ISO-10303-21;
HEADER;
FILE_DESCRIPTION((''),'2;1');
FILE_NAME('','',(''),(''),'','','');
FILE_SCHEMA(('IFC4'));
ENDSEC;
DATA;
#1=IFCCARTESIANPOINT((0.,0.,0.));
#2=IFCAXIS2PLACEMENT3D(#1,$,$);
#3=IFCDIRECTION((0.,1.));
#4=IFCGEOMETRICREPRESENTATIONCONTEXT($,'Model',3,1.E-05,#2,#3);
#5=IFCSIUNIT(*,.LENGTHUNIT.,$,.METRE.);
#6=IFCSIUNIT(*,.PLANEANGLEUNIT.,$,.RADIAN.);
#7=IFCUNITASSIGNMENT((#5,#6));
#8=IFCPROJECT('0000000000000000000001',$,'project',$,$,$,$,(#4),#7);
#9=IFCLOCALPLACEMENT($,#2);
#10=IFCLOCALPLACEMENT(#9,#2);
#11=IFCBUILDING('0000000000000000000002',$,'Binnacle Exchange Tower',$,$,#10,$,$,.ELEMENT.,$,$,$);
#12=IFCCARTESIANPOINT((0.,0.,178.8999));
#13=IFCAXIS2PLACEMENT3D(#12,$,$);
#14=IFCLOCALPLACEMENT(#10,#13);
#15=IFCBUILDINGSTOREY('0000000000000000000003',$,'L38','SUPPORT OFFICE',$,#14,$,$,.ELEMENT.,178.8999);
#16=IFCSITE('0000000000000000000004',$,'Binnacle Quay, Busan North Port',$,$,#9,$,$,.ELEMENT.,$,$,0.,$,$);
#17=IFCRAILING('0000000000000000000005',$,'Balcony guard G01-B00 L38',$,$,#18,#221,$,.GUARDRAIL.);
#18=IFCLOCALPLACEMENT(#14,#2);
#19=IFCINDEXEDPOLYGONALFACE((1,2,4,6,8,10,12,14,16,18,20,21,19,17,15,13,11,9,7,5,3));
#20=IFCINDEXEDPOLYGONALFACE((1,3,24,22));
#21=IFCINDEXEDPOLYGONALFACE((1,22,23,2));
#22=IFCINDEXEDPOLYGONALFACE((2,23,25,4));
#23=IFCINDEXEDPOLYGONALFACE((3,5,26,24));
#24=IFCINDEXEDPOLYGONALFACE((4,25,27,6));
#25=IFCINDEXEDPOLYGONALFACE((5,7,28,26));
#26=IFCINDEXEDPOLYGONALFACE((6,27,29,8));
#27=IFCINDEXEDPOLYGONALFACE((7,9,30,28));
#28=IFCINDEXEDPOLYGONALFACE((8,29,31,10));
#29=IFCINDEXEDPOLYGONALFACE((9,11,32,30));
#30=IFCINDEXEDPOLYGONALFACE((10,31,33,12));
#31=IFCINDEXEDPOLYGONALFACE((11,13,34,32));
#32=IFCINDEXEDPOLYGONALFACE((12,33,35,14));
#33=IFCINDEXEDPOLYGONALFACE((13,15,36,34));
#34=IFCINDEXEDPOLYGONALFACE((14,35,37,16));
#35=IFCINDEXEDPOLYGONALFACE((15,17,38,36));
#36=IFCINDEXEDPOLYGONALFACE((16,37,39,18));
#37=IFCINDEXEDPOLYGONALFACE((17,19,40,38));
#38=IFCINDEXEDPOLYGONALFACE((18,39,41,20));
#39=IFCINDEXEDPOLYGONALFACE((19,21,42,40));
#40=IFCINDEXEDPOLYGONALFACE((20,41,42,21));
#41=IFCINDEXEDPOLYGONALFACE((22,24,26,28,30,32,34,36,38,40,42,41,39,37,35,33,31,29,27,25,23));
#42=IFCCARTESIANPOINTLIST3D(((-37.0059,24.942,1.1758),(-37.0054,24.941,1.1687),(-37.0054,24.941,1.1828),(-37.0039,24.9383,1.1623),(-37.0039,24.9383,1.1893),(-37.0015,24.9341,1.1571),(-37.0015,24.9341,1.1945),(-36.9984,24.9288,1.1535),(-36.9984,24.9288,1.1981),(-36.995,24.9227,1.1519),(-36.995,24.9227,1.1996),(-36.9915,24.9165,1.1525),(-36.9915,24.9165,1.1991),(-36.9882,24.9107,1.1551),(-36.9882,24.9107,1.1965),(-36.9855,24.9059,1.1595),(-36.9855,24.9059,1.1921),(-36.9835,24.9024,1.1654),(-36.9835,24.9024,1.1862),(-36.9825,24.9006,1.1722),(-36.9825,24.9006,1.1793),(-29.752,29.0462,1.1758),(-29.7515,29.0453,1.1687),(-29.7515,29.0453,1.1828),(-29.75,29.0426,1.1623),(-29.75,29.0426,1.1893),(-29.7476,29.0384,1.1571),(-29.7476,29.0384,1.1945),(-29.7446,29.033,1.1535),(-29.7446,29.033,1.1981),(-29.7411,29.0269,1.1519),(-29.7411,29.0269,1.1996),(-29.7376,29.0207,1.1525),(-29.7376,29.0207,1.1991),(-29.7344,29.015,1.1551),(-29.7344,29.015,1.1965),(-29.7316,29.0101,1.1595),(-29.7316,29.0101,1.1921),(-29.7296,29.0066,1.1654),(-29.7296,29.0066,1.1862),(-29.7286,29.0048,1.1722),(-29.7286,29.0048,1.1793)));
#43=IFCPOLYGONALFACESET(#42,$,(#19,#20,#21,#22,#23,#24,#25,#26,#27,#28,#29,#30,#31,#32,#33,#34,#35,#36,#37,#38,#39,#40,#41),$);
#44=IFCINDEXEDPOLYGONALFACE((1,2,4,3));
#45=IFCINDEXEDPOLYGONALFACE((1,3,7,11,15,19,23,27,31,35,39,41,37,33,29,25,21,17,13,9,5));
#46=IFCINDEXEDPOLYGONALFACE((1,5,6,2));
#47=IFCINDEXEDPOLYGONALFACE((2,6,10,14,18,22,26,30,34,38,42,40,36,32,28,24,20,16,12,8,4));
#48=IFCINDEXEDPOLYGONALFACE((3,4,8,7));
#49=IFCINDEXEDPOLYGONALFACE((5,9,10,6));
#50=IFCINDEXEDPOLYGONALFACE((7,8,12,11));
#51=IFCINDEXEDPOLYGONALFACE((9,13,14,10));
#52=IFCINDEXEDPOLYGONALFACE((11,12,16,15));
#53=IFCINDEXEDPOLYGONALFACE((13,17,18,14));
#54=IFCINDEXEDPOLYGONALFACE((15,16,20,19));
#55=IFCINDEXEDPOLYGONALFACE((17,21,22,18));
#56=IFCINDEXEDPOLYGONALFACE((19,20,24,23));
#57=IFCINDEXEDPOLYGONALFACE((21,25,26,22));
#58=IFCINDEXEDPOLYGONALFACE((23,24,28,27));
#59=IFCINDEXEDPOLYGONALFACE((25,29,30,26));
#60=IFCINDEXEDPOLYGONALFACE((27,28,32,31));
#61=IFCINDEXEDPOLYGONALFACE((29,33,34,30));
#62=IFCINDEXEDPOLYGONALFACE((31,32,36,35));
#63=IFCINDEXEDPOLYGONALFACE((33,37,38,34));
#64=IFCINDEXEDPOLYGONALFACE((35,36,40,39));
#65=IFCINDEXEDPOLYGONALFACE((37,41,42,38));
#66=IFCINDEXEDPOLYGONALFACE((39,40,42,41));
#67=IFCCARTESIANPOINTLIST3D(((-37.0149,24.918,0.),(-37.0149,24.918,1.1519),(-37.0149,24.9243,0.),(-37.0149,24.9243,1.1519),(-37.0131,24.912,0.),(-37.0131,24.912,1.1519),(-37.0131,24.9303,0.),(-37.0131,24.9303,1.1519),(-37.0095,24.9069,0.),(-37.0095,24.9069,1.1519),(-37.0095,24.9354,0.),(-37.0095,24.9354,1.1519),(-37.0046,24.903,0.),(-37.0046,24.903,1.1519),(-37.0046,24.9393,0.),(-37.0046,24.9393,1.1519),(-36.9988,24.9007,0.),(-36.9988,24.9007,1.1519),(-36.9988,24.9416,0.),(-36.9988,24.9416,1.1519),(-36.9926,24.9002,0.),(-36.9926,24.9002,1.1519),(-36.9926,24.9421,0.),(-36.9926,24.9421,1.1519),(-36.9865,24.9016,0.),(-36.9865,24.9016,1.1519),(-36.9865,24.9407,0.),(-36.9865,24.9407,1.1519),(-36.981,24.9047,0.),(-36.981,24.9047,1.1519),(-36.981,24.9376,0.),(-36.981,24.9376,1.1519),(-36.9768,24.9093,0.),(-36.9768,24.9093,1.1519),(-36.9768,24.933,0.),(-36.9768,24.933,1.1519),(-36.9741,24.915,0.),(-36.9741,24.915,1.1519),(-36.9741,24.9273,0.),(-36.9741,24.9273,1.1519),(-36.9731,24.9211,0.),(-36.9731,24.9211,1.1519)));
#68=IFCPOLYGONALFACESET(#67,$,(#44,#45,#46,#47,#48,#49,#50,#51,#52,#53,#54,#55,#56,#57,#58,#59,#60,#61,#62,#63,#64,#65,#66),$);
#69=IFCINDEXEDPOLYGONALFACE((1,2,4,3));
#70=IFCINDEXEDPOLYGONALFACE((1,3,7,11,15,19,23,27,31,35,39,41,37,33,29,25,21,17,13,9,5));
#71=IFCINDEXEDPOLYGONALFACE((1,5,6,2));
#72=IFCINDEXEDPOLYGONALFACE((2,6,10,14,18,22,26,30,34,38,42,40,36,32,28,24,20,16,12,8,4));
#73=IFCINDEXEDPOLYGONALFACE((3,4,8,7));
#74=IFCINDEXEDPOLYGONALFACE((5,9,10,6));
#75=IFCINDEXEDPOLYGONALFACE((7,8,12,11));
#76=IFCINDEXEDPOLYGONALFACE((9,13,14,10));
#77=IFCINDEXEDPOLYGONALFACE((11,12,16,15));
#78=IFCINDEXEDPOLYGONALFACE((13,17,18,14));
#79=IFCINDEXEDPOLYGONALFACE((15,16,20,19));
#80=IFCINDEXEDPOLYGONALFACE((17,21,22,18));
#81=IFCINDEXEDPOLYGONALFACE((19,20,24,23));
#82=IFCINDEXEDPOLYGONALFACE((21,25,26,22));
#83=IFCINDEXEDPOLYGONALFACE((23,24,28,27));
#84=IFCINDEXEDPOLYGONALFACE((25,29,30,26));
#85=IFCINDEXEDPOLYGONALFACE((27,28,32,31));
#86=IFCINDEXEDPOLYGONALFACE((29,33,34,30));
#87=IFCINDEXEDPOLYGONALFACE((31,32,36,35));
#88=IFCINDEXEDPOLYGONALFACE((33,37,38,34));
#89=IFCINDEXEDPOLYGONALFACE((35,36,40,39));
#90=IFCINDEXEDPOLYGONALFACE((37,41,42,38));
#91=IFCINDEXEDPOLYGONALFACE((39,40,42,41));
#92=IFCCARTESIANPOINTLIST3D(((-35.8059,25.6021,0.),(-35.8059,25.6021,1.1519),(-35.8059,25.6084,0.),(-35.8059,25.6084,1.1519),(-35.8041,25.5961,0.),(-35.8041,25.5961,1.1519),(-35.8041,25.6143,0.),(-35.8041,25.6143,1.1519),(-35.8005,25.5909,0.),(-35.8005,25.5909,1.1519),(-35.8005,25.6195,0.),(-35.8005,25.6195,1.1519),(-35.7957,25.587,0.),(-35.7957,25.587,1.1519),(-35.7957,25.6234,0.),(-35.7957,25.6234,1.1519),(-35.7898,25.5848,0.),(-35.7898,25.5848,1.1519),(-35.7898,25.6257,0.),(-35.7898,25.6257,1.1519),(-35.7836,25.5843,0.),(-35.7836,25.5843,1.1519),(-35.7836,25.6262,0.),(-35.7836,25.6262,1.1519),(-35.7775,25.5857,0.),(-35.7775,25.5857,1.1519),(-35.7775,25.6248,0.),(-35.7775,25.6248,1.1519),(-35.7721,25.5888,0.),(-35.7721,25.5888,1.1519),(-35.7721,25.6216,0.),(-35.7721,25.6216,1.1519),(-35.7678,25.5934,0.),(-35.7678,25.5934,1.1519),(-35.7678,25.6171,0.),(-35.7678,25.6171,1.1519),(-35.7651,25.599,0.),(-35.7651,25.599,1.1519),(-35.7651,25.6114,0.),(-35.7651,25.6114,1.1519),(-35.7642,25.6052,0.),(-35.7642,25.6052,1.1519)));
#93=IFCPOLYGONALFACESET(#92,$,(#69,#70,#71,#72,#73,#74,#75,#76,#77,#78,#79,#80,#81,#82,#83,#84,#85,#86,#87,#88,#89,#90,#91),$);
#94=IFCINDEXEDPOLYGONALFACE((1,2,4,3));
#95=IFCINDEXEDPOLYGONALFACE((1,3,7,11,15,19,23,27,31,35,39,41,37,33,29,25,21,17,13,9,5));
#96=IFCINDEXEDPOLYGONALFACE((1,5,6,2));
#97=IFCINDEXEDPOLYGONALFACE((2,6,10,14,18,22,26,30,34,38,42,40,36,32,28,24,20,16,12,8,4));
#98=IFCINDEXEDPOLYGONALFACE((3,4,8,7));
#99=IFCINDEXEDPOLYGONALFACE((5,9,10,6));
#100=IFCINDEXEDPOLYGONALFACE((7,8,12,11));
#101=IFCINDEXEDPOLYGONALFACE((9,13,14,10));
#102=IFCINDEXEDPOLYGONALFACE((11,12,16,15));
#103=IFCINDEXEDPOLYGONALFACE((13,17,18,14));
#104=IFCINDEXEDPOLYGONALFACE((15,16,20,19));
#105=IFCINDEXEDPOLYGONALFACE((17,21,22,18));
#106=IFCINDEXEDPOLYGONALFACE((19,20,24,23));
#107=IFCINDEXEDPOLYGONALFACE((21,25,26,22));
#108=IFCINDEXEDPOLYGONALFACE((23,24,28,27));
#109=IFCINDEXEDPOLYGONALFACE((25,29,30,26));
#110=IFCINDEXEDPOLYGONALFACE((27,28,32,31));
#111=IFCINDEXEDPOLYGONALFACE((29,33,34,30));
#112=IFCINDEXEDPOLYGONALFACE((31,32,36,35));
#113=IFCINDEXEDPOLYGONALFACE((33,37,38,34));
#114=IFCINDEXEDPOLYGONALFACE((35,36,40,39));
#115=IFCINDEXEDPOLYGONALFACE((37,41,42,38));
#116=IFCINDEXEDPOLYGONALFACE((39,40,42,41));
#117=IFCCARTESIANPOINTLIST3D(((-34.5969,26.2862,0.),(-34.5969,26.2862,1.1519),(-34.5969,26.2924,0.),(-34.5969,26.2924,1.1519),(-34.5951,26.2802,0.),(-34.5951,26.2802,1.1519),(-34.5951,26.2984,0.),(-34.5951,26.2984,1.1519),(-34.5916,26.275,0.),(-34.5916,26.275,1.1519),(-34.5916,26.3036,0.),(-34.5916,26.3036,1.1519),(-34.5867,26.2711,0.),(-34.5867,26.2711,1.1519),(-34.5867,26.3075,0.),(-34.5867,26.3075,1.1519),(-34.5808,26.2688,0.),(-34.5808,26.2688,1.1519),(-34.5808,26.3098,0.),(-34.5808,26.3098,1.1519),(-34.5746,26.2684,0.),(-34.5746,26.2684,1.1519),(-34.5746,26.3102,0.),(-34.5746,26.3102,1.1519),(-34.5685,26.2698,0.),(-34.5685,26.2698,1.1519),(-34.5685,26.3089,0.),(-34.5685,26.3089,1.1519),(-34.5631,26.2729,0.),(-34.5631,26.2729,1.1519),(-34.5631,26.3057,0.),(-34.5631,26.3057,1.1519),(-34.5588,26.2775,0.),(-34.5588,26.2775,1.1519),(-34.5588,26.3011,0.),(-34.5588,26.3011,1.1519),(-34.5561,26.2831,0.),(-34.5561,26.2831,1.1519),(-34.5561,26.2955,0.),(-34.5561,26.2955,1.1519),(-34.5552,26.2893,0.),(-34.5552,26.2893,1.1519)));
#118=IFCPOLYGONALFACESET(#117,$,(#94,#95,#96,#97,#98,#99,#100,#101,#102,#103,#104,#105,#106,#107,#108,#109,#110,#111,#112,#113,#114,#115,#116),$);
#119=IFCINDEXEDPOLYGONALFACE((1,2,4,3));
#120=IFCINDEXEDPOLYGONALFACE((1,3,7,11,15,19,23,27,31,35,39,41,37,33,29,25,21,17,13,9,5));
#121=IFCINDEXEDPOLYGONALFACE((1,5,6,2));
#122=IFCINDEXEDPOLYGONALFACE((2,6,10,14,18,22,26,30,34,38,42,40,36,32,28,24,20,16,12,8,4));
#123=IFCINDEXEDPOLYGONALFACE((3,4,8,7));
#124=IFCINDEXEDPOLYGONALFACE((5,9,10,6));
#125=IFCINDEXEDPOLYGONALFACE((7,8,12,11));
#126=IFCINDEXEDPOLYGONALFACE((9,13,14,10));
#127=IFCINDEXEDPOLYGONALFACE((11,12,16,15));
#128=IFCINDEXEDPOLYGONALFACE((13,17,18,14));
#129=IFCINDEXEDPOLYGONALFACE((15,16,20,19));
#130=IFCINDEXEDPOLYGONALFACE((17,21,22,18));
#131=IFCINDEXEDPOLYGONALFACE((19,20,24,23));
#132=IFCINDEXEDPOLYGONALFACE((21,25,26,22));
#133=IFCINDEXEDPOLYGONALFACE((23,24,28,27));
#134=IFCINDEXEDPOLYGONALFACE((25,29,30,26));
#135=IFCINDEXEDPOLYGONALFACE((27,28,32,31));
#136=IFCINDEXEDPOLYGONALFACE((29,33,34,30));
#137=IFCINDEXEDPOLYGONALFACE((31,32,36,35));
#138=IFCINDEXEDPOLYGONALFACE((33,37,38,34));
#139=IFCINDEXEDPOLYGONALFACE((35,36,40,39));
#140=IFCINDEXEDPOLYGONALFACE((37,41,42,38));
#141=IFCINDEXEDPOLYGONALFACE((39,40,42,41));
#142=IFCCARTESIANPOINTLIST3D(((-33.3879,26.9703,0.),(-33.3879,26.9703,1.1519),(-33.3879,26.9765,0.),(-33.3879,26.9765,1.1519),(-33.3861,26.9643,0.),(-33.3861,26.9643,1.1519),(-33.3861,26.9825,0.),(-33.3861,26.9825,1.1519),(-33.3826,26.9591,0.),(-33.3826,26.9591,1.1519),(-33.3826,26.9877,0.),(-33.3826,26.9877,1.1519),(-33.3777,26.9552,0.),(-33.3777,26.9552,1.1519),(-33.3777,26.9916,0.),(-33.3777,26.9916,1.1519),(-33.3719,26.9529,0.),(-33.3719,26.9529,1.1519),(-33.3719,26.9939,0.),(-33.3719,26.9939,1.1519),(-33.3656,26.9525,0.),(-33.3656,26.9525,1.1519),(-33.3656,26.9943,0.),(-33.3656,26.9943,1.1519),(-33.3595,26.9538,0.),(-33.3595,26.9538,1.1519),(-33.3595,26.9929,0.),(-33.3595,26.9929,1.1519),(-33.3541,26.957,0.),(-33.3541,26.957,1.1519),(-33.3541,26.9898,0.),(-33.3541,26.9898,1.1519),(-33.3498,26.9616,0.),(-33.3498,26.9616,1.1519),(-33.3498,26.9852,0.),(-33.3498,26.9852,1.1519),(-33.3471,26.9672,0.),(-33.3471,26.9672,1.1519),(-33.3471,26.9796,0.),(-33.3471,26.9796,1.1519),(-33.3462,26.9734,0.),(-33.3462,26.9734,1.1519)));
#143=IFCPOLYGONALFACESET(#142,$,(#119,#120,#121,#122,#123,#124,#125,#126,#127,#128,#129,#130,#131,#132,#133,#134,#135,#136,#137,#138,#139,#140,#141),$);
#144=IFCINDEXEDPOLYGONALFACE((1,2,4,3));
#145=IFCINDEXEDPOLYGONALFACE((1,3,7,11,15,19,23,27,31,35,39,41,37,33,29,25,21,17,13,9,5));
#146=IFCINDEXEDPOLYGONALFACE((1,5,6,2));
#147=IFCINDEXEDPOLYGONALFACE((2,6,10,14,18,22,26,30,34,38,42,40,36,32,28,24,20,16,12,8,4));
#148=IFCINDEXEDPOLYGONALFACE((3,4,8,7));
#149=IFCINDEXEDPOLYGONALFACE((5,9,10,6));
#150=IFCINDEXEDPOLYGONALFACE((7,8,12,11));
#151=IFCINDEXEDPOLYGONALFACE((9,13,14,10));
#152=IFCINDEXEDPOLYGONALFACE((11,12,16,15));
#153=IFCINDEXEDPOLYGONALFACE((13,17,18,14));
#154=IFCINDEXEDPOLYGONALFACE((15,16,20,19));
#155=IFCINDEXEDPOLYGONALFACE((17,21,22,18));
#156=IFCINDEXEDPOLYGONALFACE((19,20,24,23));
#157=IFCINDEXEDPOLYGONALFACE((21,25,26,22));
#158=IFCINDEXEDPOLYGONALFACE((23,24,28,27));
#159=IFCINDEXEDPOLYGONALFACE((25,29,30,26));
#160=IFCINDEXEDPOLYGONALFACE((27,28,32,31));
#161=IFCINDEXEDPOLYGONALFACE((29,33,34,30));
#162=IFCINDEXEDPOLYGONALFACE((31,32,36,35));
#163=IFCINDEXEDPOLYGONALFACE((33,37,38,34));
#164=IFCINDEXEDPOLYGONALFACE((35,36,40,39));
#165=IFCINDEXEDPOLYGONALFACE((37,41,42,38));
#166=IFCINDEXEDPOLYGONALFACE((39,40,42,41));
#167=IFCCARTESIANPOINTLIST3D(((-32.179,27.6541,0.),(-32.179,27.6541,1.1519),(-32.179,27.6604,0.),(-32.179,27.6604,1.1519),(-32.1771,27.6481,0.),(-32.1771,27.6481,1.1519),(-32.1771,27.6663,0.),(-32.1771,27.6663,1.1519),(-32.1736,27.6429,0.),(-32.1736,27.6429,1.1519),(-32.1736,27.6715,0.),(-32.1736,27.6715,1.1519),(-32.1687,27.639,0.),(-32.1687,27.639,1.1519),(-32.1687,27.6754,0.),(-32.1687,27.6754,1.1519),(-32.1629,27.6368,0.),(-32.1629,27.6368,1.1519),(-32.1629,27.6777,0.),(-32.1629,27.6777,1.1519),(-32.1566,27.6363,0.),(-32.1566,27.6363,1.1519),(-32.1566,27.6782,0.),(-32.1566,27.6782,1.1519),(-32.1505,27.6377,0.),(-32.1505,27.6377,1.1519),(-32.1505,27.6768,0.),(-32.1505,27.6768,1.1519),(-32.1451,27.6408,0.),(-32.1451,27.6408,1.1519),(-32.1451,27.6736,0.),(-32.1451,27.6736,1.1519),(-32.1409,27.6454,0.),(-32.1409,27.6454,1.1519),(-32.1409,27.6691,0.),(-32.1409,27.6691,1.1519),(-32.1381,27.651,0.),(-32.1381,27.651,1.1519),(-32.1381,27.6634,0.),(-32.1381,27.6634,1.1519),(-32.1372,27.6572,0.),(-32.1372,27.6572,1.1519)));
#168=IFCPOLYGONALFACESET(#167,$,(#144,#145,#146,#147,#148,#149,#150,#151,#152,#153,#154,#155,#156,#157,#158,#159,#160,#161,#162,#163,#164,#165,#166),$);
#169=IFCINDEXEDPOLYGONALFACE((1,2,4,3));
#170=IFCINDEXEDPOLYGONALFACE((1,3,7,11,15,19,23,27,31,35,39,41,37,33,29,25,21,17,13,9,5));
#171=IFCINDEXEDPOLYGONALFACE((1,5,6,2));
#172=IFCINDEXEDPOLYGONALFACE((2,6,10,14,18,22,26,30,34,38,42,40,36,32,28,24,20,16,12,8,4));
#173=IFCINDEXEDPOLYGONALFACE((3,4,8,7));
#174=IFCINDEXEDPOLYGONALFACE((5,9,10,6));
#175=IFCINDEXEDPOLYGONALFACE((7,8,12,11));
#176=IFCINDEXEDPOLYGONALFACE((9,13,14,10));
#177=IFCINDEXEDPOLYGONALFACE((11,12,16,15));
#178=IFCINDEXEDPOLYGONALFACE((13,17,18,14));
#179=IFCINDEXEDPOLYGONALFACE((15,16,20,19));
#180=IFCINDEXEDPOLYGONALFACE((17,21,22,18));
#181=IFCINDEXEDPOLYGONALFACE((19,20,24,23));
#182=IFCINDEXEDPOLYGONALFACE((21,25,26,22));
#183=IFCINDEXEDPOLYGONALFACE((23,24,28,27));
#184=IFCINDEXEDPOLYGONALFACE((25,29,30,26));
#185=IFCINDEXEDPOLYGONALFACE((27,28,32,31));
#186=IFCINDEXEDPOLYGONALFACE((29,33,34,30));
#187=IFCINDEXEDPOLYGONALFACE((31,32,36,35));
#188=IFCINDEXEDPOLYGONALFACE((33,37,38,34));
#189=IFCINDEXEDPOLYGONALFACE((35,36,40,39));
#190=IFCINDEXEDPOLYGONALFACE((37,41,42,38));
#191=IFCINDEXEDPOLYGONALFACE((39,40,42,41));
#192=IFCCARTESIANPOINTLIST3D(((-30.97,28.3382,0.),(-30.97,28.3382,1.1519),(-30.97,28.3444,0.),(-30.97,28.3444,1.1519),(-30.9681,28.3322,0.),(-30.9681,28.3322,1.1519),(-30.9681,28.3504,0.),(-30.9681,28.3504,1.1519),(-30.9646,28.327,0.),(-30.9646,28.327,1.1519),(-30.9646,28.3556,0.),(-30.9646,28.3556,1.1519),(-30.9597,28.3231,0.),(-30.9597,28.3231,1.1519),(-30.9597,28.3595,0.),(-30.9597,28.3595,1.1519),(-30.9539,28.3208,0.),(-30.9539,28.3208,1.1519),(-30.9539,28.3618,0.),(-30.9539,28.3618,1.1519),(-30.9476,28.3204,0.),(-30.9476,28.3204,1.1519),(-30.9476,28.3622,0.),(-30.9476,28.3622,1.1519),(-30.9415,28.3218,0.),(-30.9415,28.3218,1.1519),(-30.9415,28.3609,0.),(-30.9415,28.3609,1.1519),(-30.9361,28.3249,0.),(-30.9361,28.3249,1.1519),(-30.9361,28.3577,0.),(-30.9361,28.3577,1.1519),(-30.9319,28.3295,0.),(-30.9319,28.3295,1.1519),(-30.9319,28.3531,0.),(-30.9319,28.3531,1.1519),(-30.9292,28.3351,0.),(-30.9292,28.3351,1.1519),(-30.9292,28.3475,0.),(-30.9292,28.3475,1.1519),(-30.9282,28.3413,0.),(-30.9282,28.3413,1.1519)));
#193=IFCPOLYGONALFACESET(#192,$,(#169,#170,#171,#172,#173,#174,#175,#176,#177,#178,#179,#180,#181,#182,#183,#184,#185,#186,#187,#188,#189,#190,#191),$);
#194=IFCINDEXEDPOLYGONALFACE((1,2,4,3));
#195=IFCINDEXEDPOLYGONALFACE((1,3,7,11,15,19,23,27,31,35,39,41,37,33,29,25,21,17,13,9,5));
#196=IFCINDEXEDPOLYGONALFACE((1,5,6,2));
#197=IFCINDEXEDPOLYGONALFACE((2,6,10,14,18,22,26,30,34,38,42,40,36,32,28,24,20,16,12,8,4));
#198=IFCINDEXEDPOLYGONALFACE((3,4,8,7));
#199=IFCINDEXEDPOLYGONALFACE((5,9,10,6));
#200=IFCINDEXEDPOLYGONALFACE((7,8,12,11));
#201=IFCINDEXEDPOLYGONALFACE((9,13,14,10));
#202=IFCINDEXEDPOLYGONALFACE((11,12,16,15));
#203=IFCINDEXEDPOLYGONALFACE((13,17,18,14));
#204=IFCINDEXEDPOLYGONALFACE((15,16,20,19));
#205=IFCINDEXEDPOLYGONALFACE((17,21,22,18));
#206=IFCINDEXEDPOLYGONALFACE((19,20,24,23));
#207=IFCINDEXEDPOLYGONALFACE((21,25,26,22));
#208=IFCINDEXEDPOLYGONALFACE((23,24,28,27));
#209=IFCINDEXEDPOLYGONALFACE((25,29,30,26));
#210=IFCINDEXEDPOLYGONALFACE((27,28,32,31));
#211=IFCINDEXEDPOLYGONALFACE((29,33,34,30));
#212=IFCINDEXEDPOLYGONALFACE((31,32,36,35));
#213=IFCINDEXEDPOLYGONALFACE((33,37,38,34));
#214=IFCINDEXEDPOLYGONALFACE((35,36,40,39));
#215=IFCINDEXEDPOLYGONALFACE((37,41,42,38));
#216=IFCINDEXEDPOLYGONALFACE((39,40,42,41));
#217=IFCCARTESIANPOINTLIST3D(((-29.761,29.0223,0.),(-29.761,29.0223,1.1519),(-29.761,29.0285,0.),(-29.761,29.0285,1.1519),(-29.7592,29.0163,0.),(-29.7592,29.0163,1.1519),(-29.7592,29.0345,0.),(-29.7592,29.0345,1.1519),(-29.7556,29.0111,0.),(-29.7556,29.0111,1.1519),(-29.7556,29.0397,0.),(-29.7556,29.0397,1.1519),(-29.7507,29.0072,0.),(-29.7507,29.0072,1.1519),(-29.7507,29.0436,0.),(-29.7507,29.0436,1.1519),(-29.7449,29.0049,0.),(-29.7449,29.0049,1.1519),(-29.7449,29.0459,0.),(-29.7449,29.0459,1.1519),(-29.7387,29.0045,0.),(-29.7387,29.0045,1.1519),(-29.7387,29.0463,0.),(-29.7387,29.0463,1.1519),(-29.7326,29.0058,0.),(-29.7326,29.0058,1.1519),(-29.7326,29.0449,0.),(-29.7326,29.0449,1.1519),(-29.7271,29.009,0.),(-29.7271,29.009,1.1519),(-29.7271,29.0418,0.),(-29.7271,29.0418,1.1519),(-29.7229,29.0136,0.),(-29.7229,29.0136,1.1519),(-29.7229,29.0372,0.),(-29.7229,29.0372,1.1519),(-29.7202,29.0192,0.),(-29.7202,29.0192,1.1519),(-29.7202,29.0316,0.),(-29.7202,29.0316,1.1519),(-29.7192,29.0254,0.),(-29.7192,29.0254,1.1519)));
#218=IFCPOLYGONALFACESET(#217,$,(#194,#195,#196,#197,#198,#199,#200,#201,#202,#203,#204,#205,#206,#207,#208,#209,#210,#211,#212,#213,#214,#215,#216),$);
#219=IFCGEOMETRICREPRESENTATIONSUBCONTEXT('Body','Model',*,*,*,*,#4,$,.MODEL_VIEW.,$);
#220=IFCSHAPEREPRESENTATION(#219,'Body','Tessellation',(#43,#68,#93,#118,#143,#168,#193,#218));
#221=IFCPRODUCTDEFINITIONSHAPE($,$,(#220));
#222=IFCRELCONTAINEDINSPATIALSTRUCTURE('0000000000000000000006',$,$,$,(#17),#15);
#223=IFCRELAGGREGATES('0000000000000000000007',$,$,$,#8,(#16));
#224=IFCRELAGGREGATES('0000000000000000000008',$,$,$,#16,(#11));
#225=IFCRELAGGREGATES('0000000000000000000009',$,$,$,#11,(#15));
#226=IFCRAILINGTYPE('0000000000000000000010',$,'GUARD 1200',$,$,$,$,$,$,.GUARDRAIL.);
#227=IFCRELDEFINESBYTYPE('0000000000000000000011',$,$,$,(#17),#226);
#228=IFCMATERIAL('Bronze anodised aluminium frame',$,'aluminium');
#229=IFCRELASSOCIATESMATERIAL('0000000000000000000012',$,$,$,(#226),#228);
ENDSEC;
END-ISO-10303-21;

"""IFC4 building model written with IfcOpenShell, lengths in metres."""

from ifc_helpers import new_model, si_unit, direction, frame, origin, origin_2d, place, context, subcontext, project, spatial, circle, extrude, material, type_object, element, save


model = new_model("IFC4")

# Units and contexts
model_context = context("Model", 3, precision=1e-05, world=origin(), true_north=direction((0.0, 1.0)))
body_context = subcontext(model_context, "Body", "Model", "MODEL_VIEW")
ifc_project = project(units=[si_unit("LENGTHUNIT", "METRE"), si_unit("PLANEANGLEUNIT", "RADIAN")], contexts=[model_context])

# Site, building, storey
site_placement = place(None, origin())
site = spatial("IfcSite", under=ifc_project, at=site_placement, Name="Binnacle Quay, Busan North Port", CompositionType="ELEMENT", RefElevation=0.0)
building_placement = place(site_placement, origin())
building = spatial("IfcBuilding", under=site, at=building_placement, Name="Binnacle Exchange Tower", CompositionType="ELEMENT")
storey_placement = place(building_placement, frame((0.0, 0.0, 178.8999)))
storey = spatial("IfcBuildingStorey", under=building, at=storey_placement, Name="L38", Description="SUPPORT OFFICE", CompositionType="ELEMENT", Elevation=178.8999)

# Railing
ifc_material_1 = material(Name="Bronze anodised aluminium frame", Category="aluminium")
railing_type_1 = type_object("IfcRailingType", Name="GUARD 1200", PredefinedType="GUARDRAIL", material=ifc_material_1)
railing_1_placement = place(storey_placement, frame((-36.9941, 24.9211, 0.0)))
element("IfcRailing", 1, at=railing_1_placement, inside=storey, type_object=railing_type_1, Name="Balcony guard G01-B00 L38", PredefinedType="GUARDRAIL", context=body_context, shape_type="SweptSolid", body=[
    extrude(circle(Radius=0.0239, at=origin_2d()), frame((0.0, 0.0, 1.1758), z_axis=(0.870346, 0.49244, 0.0), x_axis=(-0.49244, 0.870346, 0.0)), (0.0, 0.0, 1.0), 8.3345),
    extrude(circle(Radius=0.021, at=origin_2d()), origin(), (0.0, 0.0, 1.0), 1.1519),
    extrude(circle(Radius=0.021, at=origin_2d()), frame((1.209, 0.6841, 0.0)), (0.0, 0.0, 1.0), 1.1519),
    extrude(circle(Radius=0.021, at=origin_2d()), frame((2.418, 1.3682, 0.0)), (0.0, 0.0, 1.0), 1.1519),
    extrude(circle(Radius=0.021, at=origin_2d()), frame((3.627, 2.0522, 0.0)), (0.0, 0.0, 1.0), 1.1519),
    extrude(circle(Radius=0.021, at=origin_2d()), frame((4.8359, 2.7361, 0.0)), (0.0, 0.0, 1.0), 1.1519),
    extrude(circle(Radius=0.021, at=origin_2d()), frame((6.0449, 3.4202, 0.0)), (0.0, 0.0, 1.0), 1.1519),
    extrude(circle(Radius=0.021, at=origin_2d()), frame((7.2539, 4.1042, 0.0)), (0.0, 0.0, 1.0), 1.1519),
])

save(model, "model.ifc")
